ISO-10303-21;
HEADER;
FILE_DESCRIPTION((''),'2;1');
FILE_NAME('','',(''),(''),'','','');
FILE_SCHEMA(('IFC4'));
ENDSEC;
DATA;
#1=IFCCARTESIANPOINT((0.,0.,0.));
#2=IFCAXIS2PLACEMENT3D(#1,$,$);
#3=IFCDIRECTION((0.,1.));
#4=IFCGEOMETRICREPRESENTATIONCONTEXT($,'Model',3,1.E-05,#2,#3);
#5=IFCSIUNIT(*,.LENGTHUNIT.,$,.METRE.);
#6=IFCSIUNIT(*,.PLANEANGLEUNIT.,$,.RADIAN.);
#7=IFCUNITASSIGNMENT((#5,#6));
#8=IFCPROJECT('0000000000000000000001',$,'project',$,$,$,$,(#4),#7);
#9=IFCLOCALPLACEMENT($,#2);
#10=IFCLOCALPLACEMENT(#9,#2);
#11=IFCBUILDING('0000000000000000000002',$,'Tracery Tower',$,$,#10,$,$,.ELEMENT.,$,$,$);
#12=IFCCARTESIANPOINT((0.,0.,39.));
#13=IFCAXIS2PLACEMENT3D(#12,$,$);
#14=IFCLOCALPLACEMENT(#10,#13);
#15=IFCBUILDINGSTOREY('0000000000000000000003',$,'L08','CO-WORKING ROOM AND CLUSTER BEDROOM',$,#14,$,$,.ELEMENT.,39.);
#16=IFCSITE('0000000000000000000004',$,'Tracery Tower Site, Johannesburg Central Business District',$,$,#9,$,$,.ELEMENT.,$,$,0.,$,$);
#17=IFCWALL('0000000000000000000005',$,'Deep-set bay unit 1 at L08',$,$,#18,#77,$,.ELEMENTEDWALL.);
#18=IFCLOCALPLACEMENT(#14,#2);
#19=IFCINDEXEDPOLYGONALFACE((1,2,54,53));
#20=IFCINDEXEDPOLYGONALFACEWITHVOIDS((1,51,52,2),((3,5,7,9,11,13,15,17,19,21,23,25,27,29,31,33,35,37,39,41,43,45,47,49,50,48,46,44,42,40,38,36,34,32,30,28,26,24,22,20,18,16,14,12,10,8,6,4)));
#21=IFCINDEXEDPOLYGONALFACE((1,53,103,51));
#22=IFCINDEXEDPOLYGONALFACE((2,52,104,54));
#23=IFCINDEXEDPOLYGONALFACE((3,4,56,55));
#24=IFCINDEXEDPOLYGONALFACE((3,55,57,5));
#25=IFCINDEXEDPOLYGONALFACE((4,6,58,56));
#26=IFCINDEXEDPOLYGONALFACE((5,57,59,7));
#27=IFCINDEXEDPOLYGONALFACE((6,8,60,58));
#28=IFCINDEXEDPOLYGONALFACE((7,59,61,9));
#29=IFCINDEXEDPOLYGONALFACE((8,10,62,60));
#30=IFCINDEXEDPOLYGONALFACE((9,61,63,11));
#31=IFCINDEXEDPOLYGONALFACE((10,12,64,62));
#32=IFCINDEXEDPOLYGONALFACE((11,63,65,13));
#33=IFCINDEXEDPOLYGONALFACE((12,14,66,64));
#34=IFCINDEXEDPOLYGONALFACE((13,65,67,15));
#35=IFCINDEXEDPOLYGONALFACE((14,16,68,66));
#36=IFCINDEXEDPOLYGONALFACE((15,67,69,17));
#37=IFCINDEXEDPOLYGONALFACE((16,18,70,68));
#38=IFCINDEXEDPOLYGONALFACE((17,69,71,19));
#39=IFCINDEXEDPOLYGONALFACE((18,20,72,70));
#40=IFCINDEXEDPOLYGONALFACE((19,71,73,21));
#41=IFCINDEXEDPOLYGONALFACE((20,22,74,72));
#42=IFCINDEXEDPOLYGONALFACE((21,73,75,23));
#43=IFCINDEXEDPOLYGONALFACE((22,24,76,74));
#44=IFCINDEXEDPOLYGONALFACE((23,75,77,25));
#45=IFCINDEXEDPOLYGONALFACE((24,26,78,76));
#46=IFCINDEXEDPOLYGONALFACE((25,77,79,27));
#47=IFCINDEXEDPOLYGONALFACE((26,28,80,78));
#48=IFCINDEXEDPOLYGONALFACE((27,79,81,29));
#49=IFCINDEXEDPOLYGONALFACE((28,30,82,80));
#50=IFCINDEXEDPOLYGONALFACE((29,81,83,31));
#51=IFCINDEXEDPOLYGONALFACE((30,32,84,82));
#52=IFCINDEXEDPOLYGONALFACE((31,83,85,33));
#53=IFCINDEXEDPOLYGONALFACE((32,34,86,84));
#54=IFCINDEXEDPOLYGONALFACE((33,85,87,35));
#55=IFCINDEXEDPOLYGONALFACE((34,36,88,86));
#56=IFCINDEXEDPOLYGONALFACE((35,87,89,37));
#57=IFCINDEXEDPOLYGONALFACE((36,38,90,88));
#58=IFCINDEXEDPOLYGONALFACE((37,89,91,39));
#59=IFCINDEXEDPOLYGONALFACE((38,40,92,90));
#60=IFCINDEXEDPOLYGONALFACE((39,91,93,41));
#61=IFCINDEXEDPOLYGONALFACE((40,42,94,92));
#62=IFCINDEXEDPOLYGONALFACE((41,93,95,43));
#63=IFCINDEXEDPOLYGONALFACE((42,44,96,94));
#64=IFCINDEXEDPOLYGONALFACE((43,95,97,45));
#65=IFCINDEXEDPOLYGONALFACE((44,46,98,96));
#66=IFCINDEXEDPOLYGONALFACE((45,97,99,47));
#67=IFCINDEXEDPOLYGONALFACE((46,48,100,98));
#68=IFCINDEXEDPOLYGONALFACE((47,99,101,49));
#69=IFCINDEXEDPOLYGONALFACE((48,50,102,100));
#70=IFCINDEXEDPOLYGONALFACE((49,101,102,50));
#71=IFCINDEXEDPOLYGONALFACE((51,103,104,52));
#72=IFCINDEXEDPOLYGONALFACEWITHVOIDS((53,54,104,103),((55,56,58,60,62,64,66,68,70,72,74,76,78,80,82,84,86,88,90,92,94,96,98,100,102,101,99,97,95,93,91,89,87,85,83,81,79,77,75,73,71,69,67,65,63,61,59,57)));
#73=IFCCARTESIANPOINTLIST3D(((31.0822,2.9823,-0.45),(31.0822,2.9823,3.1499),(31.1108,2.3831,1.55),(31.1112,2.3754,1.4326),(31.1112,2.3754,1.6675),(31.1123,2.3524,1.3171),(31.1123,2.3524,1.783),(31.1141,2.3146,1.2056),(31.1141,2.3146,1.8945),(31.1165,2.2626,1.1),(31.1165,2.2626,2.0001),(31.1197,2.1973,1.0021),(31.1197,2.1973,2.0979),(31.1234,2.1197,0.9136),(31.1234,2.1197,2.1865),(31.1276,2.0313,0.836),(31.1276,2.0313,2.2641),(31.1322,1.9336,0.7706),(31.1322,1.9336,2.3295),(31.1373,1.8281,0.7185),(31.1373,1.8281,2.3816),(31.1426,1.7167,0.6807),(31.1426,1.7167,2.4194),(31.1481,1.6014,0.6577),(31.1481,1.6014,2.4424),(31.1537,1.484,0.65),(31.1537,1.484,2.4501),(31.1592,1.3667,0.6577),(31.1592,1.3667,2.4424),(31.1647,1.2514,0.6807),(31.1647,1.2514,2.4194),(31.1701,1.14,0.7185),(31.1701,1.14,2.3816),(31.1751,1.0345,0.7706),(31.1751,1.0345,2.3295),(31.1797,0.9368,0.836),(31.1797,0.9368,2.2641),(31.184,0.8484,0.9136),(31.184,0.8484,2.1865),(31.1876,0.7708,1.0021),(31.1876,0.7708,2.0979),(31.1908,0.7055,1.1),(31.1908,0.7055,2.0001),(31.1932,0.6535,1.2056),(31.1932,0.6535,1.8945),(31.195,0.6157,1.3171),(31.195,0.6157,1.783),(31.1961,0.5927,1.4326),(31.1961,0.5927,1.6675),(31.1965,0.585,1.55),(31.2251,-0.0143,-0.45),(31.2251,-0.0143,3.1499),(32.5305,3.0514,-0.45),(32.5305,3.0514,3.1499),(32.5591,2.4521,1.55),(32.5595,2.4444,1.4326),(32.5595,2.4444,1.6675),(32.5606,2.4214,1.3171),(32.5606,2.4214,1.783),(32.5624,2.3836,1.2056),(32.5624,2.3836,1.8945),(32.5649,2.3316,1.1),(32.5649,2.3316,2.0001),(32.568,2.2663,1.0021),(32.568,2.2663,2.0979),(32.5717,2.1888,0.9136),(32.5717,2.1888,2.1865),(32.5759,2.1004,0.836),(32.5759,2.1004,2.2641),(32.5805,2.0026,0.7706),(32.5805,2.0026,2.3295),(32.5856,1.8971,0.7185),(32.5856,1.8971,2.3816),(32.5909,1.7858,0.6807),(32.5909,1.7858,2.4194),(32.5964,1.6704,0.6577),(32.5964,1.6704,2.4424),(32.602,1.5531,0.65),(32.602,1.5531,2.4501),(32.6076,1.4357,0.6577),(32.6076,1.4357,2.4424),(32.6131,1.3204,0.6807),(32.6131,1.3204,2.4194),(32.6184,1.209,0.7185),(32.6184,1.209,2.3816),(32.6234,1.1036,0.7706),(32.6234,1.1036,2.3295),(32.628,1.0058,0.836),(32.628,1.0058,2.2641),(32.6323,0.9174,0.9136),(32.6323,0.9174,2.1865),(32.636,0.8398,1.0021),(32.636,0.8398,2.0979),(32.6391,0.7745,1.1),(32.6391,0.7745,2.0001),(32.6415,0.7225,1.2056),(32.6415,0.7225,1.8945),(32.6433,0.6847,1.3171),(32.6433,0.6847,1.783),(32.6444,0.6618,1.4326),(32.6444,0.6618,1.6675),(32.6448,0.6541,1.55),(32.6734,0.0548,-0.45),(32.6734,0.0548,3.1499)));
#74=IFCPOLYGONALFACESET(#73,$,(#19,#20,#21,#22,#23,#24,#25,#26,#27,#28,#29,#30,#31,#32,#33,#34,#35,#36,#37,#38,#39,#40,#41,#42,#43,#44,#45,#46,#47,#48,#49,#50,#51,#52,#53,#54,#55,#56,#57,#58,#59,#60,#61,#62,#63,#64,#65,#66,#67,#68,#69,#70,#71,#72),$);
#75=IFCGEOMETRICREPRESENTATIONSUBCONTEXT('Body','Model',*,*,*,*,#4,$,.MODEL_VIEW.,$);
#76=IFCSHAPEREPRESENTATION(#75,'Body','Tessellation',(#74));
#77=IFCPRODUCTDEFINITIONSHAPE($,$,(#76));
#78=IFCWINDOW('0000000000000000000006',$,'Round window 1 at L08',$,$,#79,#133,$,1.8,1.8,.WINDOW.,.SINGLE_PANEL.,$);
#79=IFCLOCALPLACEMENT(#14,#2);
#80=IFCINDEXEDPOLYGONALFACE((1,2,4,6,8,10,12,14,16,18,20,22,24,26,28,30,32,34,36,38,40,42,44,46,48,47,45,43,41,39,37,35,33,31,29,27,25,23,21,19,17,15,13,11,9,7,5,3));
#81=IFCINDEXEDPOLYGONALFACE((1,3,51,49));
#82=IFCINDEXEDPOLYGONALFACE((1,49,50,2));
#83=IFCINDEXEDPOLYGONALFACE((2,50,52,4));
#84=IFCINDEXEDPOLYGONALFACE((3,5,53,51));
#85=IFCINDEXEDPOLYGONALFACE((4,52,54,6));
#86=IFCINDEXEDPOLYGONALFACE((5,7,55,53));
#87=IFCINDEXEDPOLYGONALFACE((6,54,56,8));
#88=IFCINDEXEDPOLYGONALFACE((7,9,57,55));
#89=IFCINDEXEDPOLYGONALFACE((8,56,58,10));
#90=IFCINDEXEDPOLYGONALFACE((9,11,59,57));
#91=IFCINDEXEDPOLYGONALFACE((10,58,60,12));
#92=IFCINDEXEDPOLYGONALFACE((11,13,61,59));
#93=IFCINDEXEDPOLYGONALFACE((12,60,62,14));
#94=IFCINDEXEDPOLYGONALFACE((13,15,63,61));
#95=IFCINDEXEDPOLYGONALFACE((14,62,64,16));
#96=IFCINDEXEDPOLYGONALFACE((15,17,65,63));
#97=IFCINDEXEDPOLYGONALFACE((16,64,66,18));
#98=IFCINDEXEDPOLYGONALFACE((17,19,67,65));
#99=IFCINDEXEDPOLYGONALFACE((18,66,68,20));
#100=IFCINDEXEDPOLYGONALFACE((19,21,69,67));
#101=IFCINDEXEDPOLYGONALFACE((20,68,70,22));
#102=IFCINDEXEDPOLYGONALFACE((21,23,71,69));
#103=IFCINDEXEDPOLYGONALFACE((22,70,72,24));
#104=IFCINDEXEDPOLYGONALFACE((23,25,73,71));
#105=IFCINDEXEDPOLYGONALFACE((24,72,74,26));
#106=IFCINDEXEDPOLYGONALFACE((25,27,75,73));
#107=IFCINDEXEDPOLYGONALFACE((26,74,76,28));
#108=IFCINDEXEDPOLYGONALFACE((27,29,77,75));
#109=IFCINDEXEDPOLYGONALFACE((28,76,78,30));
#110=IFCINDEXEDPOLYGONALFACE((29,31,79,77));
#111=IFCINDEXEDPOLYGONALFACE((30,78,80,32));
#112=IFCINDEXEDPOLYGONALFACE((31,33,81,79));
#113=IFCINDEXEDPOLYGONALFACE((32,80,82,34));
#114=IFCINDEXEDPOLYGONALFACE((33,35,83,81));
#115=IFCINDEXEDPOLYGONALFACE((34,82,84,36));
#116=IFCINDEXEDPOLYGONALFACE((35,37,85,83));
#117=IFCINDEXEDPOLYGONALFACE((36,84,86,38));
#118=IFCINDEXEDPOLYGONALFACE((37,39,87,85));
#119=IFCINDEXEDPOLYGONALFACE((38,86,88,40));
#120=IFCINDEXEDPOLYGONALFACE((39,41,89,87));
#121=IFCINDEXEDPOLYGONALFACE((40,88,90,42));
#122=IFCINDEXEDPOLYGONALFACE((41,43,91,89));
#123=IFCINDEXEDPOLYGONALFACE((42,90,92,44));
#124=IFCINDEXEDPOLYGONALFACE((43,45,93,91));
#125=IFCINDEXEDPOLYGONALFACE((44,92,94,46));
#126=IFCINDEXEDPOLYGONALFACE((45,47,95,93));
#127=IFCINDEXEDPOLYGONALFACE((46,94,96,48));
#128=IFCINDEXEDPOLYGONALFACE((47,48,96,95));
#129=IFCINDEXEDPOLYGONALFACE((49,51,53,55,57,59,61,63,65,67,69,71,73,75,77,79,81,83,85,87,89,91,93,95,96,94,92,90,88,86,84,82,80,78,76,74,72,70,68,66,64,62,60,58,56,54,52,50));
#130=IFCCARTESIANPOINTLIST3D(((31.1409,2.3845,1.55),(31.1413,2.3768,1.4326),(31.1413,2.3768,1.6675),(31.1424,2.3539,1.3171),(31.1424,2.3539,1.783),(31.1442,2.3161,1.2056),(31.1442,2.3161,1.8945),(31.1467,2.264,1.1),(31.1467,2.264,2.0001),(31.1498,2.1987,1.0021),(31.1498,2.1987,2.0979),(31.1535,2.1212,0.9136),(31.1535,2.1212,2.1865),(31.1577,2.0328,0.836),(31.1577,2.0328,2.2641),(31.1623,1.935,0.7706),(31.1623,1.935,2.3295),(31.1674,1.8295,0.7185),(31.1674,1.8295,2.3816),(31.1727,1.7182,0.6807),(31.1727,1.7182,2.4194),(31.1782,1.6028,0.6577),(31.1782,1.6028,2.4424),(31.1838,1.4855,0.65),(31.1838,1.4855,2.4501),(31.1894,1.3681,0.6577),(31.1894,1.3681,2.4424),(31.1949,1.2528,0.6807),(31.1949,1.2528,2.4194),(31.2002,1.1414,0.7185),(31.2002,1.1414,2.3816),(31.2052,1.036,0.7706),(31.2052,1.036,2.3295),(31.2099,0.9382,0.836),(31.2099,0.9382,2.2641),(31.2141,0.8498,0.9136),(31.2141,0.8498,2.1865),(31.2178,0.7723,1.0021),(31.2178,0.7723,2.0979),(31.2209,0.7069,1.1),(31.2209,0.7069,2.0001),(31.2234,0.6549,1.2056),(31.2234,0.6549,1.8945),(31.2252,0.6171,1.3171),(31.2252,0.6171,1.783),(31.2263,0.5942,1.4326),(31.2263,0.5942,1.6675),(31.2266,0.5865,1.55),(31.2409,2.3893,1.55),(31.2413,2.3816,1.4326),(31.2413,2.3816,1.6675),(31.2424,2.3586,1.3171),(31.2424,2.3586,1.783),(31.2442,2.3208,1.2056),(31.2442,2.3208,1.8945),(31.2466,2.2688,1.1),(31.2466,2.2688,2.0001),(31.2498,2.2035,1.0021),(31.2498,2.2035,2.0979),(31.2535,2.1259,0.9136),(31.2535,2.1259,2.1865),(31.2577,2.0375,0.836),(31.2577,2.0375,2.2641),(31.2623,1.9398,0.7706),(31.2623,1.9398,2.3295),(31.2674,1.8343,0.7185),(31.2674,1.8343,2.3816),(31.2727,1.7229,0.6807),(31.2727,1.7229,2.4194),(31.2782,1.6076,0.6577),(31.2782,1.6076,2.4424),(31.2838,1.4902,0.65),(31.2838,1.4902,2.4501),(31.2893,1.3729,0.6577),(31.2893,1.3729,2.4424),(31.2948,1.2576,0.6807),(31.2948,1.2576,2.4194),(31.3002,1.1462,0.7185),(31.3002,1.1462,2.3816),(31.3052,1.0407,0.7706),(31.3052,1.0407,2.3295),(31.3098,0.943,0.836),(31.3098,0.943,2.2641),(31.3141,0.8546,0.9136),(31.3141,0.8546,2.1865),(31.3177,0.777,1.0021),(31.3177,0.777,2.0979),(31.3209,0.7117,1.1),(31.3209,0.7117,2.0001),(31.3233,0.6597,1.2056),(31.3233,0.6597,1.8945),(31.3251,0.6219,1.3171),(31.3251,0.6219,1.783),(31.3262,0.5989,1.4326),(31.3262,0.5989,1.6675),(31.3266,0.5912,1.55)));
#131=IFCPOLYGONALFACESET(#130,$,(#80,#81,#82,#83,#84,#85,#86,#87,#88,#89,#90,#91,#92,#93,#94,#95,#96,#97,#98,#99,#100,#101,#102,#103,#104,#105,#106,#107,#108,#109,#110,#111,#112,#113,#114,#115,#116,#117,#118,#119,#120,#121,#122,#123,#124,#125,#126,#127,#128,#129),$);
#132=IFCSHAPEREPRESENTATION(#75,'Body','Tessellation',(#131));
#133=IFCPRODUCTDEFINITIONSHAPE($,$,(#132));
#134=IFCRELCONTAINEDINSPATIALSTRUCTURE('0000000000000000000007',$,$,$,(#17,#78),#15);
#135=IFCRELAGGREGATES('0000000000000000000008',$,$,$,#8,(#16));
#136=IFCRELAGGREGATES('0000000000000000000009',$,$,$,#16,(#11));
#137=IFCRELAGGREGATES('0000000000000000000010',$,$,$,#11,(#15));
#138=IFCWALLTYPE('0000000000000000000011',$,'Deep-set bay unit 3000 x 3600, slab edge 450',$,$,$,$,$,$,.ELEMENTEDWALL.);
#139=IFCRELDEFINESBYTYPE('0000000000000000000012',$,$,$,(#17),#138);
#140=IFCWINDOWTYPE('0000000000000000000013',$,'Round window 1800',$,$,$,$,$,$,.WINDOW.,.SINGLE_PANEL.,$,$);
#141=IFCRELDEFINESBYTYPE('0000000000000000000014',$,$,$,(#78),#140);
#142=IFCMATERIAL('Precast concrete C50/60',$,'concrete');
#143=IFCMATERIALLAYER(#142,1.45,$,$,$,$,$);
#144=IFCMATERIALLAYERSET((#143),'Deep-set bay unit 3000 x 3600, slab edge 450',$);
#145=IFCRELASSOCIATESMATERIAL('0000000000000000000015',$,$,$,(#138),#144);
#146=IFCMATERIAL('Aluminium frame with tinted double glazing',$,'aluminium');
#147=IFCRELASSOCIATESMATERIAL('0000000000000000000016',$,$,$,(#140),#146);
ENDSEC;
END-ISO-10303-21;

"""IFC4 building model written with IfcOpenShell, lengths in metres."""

from ifc_helpers import new_model, si_unit, direction, frame, frame_2d, origin, origin_2d, place, context, subcontext, project, spatial, rectangle, circle, extrude, material, layer, layer_set, type_object, element, fill, save


model = new_model("IFC4")

# Units and contexts
model_context = context("Model", 3, precision=1e-05, world=origin(), true_north=direction((0.0, 1.0)))
body_context = subcontext(model_context, "Body", "Model", "MODEL_VIEW")
ifc_project = project(units=[si_unit("LENGTHUNIT", "METRE"), si_unit("PLANEANGLEUNIT", "RADIAN")], contexts=[model_context])

# Site, building, storey
site_placement = place(None, origin())
site = spatial("IfcSite", under=ifc_project, at=site_placement, Name="Tracery Tower Site, Johannesburg Central Business District", CompositionType="ELEMENT", RefElevation=0.0)
building_placement = place(site_placement, origin())
building = spatial("IfcBuilding", under=site, at=building_placement, Name="Tracery Tower", CompositionType="ELEMENT")
storey_placement = place(building_placement, frame((0.0, 0.0, 39.0)))
storey = spatial("IfcBuildingStorey", under=building, at=storey_placement, Name="L08", Description="CO-WORKING ROOM AND CLUSTER BEDROOM", CompositionType="ELEMENT", Elevation=39.0)

# Wall, opening, window
ifc_material_1 = material(Name="Precast concrete C50/60", Category="concrete")
ifc_layer_1 = layer(ifc_material_1, 1.45)
ifc_layer_set_1 = layer_set([ifc_layer_1], Name="Deep-set bay unit 3000 x 3600, slab edge 450")
wall_type_1 = type_object("IfcWallType", Name="Deep-set bay unit 3000 x 3600, slab edge 450", PredefinedType="ELEMENTEDWALL", material=ifc_layer_set_1)
wall_1_placement = place(storey_placement, frame((31.9492, 0.0203, -0.45), z_axis=(0.0, 0.0, 1.0), x_axis=(-0.047608, 0.998866, 0.0)))
wall_1 = element("IfcWall", 1, at=wall_1_placement, inside=storey, type_object=wall_type_1, Name="Deep-set bay unit 1 at L08", PredefinedType="ELEMENTEDWALL", context=body_context, shape_type="SweptSolid", body=[
    extrude(rectangle(XDim=3.0, YDim=1.45, at=frame_2d((1.5, 0.0))), origin(), (0.0, 0.0, 1.0), 3.5999),
])
opening_1_placement = place(wall_1_placement, frame((1.5, 0.0, 2.0)))
opening_1 = element("IfcOpeningElement", 2, at=opening_1_placement, cuts=wall_1, PredefinedType="OPENING", context=body_context, shape_type="SweptSolid", body=[
    extrude(circle(Radius=0.9, at=origin_2d()), frame((0.0, 0.7349, 0.0), z_axis=(0.0, -1.0, 0.0), x_axis=(1.0, 0.0, 0.0)), (0.0, 0.0, 1.0), 1.47),
])
ifc_material_2 = material(Name="Aluminium frame with tinted double glazing", Category="aluminium")
window_type = type_object("IfcWindowType", Name="Round window 1800", PartitioningType="SINGLE_PANEL", PredefinedType="WINDOW", material=ifc_material_2)
window_1_placement = place(opening_1_placement, origin())
window_1 = element("IfcWindow", 3, at=window_1_placement, inside=storey, type_object=window_type, Name="Round window 1 at L08", OverallHeight=1.8, OverallWidth=1.8, PartitioningType="SINGLE_PANEL", PredefinedType="WINDOW", context=body_context, shape_type="SweptSolid", body=[
    extrude(circle(Radius=0.9, at=origin_2d()), frame((0.0, 0.6948, 0.0), z_axis=(0.0, -1.0, 0.0), x_axis=(1.0, 0.0, 0.0)), (0.0, 0.0, 1.0), 0.1001),
])
fill(opening_1, window_1)

save(model, "model.ifc")
